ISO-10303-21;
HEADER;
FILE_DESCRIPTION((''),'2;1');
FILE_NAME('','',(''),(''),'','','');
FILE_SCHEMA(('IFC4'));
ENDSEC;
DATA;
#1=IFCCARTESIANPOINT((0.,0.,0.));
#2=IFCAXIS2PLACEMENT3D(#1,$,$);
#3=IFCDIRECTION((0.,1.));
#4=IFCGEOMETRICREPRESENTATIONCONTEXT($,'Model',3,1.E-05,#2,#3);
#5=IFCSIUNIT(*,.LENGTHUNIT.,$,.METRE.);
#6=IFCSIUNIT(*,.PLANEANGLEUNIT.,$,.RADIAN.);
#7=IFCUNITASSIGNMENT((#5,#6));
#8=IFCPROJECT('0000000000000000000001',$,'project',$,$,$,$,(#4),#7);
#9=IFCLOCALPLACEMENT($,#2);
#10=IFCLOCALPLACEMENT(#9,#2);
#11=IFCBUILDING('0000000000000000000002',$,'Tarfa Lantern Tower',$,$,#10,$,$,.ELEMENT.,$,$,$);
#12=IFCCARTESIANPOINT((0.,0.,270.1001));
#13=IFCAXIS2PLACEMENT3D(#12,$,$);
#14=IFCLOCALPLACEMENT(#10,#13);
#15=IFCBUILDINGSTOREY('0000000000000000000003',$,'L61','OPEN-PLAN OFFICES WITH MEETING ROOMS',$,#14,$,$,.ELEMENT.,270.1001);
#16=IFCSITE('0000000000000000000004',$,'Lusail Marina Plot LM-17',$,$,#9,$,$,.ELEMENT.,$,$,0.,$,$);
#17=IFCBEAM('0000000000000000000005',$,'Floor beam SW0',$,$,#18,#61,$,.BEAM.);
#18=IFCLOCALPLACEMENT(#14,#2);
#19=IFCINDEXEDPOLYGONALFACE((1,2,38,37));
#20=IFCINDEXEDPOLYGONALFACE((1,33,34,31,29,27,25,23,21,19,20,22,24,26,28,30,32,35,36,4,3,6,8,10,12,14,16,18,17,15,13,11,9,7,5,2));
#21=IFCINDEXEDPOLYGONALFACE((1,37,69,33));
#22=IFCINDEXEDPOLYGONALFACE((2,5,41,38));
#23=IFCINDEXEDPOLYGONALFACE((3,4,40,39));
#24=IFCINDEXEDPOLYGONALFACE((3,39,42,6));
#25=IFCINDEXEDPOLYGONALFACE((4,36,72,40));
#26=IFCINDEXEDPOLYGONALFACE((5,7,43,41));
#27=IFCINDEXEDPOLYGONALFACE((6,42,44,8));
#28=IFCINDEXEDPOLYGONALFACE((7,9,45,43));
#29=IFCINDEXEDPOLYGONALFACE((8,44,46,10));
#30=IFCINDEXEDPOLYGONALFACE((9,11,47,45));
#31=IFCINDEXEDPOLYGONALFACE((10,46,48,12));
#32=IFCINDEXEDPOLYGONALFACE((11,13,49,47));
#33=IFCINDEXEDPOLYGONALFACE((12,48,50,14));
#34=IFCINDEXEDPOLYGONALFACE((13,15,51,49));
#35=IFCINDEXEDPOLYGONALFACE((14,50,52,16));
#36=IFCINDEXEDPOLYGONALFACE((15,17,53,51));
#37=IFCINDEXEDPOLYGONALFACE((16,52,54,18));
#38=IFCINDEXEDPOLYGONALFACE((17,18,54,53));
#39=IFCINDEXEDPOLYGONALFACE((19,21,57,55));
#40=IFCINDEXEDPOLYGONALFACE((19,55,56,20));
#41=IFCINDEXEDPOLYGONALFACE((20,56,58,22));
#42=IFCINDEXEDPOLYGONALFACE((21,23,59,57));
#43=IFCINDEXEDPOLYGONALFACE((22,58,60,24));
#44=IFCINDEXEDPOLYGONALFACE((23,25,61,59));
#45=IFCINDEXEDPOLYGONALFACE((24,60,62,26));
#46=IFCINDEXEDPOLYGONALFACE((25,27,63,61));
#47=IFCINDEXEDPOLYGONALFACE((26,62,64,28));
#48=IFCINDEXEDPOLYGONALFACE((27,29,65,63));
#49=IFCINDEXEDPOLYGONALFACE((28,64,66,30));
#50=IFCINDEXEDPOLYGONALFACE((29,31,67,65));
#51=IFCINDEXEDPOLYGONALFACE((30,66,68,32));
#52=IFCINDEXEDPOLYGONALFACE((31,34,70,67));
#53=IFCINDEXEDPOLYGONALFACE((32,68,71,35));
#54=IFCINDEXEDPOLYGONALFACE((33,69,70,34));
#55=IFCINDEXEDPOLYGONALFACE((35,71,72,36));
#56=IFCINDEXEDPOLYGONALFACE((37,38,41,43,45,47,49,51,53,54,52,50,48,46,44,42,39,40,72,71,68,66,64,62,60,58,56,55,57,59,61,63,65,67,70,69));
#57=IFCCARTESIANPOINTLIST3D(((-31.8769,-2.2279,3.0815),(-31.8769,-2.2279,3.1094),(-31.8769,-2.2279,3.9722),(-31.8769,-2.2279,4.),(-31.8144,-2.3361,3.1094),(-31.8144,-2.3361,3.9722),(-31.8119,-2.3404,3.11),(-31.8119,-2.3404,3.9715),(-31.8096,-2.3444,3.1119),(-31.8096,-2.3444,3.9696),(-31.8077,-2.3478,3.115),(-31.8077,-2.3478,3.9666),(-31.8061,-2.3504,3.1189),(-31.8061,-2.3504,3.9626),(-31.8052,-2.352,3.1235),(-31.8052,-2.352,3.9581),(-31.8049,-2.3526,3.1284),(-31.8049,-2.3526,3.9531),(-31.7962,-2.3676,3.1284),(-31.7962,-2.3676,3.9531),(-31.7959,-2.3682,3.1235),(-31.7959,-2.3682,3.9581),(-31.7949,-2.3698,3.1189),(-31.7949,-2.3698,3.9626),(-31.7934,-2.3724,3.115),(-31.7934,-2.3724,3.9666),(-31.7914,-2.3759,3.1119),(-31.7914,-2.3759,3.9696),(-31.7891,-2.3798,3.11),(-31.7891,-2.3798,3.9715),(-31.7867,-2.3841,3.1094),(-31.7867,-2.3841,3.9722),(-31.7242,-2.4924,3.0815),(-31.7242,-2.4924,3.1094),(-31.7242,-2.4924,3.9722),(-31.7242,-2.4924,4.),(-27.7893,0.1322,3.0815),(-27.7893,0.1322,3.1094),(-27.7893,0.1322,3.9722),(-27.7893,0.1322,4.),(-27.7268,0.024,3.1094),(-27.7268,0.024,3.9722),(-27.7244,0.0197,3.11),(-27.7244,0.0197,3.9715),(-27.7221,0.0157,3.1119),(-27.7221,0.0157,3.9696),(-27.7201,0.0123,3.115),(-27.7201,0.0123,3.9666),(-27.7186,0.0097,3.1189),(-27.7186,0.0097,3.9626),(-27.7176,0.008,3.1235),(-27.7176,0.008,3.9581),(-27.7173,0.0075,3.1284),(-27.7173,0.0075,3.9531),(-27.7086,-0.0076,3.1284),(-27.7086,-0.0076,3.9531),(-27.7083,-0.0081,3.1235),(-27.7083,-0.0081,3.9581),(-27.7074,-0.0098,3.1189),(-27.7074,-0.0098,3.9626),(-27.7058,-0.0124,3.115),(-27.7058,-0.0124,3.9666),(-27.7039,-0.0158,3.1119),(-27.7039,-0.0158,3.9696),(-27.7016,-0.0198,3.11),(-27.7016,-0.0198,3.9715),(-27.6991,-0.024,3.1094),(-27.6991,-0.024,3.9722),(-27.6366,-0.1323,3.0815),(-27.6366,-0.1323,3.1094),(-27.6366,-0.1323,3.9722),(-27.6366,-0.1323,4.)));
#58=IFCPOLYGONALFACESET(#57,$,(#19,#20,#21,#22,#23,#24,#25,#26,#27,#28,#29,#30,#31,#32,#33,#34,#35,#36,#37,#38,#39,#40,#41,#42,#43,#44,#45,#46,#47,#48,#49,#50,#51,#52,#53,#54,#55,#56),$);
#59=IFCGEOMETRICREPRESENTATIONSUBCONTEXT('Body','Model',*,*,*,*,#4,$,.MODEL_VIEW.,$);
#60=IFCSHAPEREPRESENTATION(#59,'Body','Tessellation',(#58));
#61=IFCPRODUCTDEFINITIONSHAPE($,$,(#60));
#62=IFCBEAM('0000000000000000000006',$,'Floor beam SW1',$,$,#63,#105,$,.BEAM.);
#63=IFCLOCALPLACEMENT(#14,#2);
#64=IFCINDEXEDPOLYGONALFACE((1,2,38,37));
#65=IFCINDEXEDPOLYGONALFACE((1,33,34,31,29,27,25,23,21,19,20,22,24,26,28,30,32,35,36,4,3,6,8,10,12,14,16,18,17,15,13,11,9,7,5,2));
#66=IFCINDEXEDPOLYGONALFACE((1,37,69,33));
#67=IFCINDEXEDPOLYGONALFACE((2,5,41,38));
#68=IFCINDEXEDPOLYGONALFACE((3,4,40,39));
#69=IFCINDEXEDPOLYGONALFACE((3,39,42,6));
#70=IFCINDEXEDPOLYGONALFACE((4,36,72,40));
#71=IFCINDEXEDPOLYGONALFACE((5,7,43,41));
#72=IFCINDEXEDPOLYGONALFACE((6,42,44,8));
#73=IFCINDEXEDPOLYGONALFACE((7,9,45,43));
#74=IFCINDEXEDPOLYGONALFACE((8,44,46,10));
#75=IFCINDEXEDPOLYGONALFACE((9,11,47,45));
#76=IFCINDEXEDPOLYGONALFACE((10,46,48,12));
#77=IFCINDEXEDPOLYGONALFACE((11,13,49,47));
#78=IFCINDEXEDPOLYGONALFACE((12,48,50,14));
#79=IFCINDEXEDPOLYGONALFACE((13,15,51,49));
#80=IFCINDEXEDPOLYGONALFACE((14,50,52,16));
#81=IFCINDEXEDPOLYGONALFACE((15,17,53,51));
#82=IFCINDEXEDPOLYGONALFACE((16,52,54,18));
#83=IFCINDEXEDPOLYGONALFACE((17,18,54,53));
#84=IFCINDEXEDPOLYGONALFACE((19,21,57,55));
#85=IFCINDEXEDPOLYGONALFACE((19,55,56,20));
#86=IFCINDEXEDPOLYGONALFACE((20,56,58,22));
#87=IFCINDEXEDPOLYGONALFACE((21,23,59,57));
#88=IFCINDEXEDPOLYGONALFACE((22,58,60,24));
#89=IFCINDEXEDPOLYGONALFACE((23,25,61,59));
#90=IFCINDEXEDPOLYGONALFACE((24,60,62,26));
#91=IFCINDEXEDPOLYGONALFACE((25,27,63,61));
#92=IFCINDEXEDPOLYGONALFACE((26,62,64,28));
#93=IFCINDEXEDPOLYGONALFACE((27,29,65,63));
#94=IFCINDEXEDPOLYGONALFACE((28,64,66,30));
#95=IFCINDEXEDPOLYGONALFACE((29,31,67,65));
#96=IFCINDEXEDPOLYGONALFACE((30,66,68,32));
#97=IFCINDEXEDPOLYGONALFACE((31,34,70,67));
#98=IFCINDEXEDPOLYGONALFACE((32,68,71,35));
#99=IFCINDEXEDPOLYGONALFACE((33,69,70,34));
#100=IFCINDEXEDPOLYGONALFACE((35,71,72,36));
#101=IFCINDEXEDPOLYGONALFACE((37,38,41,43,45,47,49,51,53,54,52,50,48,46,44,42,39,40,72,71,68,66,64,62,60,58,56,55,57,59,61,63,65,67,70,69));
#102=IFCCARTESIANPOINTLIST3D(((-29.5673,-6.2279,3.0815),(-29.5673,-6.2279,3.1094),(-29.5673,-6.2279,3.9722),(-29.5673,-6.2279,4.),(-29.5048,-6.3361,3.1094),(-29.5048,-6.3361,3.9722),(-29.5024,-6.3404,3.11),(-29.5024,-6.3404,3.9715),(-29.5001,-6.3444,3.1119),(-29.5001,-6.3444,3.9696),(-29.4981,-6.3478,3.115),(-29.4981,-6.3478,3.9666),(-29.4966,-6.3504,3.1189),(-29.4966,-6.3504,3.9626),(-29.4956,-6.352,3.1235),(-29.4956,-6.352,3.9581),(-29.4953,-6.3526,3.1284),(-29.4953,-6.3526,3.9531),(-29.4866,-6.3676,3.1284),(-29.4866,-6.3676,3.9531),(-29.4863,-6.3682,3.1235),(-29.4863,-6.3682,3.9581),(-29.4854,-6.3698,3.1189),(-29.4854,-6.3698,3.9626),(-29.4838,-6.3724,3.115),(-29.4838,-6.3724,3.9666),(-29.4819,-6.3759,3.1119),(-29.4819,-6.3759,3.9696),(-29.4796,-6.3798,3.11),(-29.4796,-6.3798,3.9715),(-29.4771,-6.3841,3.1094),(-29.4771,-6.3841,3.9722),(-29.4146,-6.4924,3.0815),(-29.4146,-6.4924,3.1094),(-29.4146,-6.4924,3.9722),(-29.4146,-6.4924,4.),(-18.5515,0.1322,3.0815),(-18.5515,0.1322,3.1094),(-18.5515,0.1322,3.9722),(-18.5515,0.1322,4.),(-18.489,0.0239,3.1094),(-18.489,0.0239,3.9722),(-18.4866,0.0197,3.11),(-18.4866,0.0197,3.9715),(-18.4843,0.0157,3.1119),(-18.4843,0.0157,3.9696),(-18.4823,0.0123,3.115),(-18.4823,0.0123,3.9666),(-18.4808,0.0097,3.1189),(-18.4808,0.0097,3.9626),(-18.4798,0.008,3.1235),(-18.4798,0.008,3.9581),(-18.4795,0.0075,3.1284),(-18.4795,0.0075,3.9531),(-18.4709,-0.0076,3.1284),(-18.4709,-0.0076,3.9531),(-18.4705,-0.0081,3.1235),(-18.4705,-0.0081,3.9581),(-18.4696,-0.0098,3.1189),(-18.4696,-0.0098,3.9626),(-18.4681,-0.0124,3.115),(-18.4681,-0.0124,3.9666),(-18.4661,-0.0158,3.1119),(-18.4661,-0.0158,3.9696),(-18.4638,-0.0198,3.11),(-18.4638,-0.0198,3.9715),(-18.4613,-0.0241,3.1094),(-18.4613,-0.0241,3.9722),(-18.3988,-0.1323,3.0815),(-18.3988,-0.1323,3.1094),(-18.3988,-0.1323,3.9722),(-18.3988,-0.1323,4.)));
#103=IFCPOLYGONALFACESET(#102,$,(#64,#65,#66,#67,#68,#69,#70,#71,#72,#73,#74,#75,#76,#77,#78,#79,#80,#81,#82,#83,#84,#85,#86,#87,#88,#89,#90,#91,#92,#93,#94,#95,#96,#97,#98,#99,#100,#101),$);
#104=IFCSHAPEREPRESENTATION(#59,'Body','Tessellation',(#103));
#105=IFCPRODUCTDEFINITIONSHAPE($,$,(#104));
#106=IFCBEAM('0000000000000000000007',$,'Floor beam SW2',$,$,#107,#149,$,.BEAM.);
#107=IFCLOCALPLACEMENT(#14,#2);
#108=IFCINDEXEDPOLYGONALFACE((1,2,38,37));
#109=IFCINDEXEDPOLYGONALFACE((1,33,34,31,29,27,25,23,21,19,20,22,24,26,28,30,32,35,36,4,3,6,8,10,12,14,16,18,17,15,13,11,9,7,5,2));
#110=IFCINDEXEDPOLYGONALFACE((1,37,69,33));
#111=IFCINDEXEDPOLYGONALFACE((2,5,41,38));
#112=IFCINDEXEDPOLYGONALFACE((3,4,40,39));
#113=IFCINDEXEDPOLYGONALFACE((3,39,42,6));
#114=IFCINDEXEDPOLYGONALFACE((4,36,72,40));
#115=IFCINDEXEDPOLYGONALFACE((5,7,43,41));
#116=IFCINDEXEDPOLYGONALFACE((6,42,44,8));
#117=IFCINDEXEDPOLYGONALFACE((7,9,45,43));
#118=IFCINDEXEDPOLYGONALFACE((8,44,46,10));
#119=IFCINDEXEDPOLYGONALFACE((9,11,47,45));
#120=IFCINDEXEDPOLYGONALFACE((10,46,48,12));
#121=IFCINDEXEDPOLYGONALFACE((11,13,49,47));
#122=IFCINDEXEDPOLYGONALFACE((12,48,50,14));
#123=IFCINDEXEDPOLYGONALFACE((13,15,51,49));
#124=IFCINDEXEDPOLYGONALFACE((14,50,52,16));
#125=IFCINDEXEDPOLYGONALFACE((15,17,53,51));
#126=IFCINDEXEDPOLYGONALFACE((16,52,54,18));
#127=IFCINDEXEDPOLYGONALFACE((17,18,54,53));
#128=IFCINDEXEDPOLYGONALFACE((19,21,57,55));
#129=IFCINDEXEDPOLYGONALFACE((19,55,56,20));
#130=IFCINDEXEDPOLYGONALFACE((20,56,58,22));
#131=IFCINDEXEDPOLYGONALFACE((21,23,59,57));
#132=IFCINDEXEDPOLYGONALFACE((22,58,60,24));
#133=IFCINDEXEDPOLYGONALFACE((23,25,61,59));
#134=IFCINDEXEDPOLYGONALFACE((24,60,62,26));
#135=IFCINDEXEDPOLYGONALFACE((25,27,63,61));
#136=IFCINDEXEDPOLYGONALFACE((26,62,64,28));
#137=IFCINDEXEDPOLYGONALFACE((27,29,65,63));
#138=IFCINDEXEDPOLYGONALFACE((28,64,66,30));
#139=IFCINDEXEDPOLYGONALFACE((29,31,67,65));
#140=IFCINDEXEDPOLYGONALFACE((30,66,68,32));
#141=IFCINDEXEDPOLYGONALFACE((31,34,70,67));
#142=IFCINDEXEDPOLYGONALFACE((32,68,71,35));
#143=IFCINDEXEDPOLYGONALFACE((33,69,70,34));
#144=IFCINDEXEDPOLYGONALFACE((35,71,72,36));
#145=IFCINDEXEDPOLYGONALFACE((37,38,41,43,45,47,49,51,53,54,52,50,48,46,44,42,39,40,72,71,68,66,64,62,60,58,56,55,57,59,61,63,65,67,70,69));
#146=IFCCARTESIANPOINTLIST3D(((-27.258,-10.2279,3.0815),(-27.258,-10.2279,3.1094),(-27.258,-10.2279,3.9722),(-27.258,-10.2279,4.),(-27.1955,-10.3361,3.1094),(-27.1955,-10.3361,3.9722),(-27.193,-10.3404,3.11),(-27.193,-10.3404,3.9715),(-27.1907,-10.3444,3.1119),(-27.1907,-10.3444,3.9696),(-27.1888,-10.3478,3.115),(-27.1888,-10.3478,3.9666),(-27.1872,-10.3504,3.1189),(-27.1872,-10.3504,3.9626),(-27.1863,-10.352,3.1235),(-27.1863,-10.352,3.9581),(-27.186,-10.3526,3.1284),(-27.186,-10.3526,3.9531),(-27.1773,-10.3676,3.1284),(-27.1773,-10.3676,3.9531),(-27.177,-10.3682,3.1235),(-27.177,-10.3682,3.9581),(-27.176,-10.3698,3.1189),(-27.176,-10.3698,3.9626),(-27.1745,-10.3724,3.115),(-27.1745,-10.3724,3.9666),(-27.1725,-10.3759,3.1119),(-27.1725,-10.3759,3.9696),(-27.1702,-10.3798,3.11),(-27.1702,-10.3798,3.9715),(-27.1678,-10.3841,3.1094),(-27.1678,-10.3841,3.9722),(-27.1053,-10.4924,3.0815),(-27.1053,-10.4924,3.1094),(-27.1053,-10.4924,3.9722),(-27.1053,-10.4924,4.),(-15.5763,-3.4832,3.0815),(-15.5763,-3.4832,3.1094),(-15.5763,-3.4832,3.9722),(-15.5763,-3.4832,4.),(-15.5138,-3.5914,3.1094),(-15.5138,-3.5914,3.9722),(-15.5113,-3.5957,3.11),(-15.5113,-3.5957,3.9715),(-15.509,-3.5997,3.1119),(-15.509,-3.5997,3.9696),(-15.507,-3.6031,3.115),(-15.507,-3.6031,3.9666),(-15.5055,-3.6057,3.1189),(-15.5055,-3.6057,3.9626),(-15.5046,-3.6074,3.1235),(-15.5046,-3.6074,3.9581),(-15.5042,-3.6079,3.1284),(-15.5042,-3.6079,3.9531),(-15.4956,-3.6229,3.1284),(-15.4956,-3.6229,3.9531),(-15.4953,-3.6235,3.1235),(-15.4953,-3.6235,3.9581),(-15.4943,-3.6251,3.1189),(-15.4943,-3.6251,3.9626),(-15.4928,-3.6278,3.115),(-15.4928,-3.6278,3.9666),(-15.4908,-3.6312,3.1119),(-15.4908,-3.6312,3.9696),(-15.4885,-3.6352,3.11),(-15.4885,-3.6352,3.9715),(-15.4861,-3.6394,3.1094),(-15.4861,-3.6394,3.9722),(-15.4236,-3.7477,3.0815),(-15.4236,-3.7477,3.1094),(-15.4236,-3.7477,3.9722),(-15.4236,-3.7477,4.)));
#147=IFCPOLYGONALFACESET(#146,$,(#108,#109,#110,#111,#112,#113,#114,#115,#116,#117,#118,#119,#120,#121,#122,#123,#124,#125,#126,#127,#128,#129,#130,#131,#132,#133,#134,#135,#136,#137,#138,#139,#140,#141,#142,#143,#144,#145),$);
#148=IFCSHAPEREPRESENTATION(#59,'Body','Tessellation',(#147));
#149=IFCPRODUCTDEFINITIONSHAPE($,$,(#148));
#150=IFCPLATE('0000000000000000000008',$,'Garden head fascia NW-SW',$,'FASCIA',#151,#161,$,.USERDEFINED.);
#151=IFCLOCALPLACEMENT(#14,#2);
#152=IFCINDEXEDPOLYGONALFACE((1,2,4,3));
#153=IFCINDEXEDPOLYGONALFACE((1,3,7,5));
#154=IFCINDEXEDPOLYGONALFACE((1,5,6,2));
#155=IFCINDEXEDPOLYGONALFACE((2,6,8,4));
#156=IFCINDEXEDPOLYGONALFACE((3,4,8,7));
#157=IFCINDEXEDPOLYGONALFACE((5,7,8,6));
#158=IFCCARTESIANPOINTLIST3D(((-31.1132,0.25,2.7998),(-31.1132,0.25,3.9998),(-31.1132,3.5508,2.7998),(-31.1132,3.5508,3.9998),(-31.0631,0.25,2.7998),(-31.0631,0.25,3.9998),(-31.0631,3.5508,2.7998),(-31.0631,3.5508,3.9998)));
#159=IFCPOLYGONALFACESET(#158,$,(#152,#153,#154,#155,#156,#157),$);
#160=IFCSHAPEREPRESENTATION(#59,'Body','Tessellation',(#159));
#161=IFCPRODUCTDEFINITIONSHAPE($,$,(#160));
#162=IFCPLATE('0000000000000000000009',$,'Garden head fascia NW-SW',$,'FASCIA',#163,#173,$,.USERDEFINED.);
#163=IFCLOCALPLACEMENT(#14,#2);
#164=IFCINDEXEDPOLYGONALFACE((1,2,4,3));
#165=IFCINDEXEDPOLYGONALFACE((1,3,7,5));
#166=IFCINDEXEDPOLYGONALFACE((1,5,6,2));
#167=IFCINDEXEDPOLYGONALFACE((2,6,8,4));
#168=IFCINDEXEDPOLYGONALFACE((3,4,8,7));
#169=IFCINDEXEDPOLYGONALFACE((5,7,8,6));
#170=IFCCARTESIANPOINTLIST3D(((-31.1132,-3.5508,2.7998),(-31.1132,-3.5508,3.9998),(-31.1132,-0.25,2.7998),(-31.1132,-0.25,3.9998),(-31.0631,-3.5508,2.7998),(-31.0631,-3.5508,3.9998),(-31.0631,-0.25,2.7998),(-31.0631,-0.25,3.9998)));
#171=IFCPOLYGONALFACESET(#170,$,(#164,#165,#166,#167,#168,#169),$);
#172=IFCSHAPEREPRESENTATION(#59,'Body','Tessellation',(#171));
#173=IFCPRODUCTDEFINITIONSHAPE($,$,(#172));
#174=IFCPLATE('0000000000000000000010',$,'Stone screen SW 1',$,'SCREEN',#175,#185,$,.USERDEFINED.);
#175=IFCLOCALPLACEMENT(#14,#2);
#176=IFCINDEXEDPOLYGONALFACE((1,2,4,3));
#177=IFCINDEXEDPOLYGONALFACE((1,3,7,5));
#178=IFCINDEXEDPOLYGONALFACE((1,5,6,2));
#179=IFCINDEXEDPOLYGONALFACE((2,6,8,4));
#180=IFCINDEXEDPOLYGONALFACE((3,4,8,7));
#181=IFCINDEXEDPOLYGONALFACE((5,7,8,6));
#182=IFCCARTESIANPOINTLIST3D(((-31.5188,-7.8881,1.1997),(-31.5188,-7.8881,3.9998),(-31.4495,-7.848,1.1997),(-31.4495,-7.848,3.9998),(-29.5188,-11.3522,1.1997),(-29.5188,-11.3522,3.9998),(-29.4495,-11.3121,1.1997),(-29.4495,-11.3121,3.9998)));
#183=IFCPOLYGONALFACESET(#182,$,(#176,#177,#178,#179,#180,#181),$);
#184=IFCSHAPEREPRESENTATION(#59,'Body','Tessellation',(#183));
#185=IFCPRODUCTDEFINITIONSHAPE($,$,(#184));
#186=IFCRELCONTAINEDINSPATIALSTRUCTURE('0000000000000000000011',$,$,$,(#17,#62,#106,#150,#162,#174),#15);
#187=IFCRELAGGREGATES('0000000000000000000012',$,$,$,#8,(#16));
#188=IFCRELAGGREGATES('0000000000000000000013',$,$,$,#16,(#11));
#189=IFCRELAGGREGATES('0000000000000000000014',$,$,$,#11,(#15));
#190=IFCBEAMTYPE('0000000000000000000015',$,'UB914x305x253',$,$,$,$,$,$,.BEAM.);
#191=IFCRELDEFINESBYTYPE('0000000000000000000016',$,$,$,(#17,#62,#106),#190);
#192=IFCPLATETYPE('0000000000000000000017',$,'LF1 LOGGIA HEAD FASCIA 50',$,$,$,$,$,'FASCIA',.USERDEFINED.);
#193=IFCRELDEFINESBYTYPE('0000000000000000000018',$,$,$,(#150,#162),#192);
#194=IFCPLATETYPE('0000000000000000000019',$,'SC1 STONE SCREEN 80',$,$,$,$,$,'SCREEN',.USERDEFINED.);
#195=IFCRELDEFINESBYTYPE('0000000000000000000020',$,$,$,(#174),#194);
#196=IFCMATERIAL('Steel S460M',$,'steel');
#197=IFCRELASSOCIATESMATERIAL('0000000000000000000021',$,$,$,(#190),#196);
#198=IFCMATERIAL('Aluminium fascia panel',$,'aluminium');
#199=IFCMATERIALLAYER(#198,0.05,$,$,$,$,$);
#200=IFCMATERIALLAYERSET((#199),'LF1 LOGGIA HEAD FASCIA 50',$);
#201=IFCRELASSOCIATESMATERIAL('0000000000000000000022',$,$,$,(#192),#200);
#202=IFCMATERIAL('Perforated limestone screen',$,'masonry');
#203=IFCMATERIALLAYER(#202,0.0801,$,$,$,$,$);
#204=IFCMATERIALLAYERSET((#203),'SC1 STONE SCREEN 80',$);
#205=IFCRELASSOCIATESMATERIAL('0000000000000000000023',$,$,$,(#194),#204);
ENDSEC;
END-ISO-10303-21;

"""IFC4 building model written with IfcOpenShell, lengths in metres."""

from ifc_helpers import new_model, si_unit, direction, frame, origin, origin_2d, place, context, subcontext, project, spatial, rectangle, i_section, extrude, material, layer, layer_set, material_profile, profile_set, type_object, element, save


model = new_model("IFC4")

# Units and contexts
model_context = context("Model", 3, precision=1e-05, world=origin(), true_north=direction((0.0, 1.0)))
body_context = subcontext(model_context, "Body", "Model", "MODEL_VIEW")
ifc_project = project(units=[si_unit("LENGTHUNIT", "METRE"), si_unit("PLANEANGLEUNIT", "RADIAN")], contexts=[model_context])

# Site, building, storey
site_placement = place(None, origin())
site = spatial("IfcSite", under=ifc_project, at=site_placement, Name="Lusail Marina Plot LM-17", CompositionType="ELEMENT", RefElevation=0.0)
building_placement = place(site_placement, origin())
building = spatial("IfcBuilding", under=site, at=building_placement, Name="Tarfa Lantern Tower", CompositionType="ELEMENT")
storey_placement = place(building_placement, frame((0.0, 0.0, 270.1001)))
storey = spatial("IfcBuildingStorey", under=building, at=storey_placement, Name="L61", Description="OPEN-PLAN OFFICES WITH MEETING ROOMS", CompositionType="ELEMENT", Elevation=270.1001)

# Beams
ifc_material_1 = material(Name="Steel S460M", Category="steel")
ifc_material_profile_1 = material_profile(ifc_material_1, i_section(OverallWidth=0.3054, OverallDepth=0.9185, WebThickness=0.0173, FlangeThickness=0.0278, FilletRadius=0.019, at=origin_2d()), Name="UB914x305x253")
ifc_profile_set_1 = profile_set([ifc_material_profile_1], Name="Steel S460M")
beam_type_1 = type_object("IfcBeamType", Name="UB914x305x253", PredefinedType="BEAM", material=ifc_profile_set_1)
beam_1_placement = place(storey_placement, frame((-31.8005, -2.3601, 3.5408), z_axis=(0.866016, 0.500016, 0.0), x_axis=(-0.500016, 0.866016, 0.0)))
element("IfcBeam", 1, at=beam_1_placement, inside=storey, type_object=beam_type_1, Name="Floor beam SW0", PredefinedType="BEAM", context=body_context, shape_type="SweptSolid", body=[
    extrude(i_section(OverallWidth=0.3054, OverallDepth=0.9185, WebThickness=0.0173, FlangeThickness=0.0278, FilletRadius=0.019, at=origin_2d()), origin(), (0.0, 0.0, 1.0), 4.72),
])
beam_2_placement = place(storey_placement, frame((-29.491, -6.3601, 3.5408), z_axis=(0.866022, 0.500005, 0.0), x_axis=(-0.500005, 0.866022, 0.0)))
element("IfcBeam", 2, at=beam_2_placement, inside=storey, type_object=beam_type_1, Name="Floor beam SW1", PredefinedType="BEAM", context=body_context, shape_type="SweptSolid", body=[
    extrude(i_section(OverallWidth=0.3054, OverallDepth=0.9185, WebThickness=0.0173, FlangeThickness=0.0278, FilletRadius=0.019, at=origin_2d()), origin(), (0.0, 0.0, 1.0), 12.72),
])
beam_3_placement = place(storey_placement, frame((-27.1816, -10.3601, 3.5408), z_axis=(0.866018, 0.500013, 0.0), x_axis=(-0.500013, 0.866018, 0.0)))
element("IfcBeam", 3, at=beam_3_placement, inside=storey, type_object=beam_type_1, Name="Floor beam SW2", PredefinedType="BEAM", context=body_context, shape_type="SweptSolid", body=[
    extrude(i_section(OverallWidth=0.3054, OverallDepth=0.9185, WebThickness=0.0173, FlangeThickness=0.0278, FilletRadius=0.019, at=origin_2d()), origin(), (0.0, 0.0, 1.0), 13.489),
])

# Plates
ifc_material_2 = material(Name="Aluminium fascia panel", Category="aluminium")
ifc_layer_1 = layer(ifc_material_2, 0.05)
ifc_layer_set_1 = layer_set([ifc_layer_1], Name="LF1 LOGGIA HEAD FASCIA 50")
plate_type_1 = type_object("IfcPlateType", Name="LF1 LOGGIA HEAD FASCIA 50", ElementType="FASCIA", PredefinedType="USERDEFINED", material=ifc_layer_set_1)
for number, where, z_axis, x_axis, name in (
    (4, (-31.0881, 1.9004, 2.7998), (0.0, 0.0, 1.0), (0.0, -1.0, 0.0), "Garden head fascia NW-SW"),
    (5, (-31.0881, -1.9004, 2.7998), (0.0, 0.0, 1.0), (0.0, -1.0, 0.0), "Garden head fascia NW-SW"),
):
    element("IfcPlate", number, at=place(storey_placement, frame(where, z_axis=z_axis, x_axis=x_axis)), inside=storey, type_object=plate_type_1, Name=name, ObjectType="FASCIA", PredefinedType="USERDEFINED", context=body_context, shape_type="SweptSolid", body=[
        extrude(rectangle(XDim=3.3008, YDim=0.05, at=origin_2d()), origin(), (0.0, 0.0, 1.0), 1.2),
    ])
ifc_material_3 = material(Name="Perforated limestone screen", Category="masonry")
ifc_layer_2 = layer(ifc_material_3, 0.0801)
ifc_layer_set_2 = layer_set([ifc_layer_2], Name="SC1 STONE SCREEN 80")
plate_type_2 = type_object("IfcPlateType", Name="SC1 STONE SCREEN 80", ElementType="SCREEN", PredefinedType="USERDEFINED", material=ifc_layer_set_2)
plate_placement = place(storey_placement, frame((-30.4841, -9.6001, 1.1997), z_axis=(0.0, 0.0, 1.0), x_axis=(0.5, -0.866025, 0.0)))
element("IfcPlate", 6, at=plate_placement, inside=storey, type_object=plate_type_2, Name="Stone screen SW 1", ObjectType="SCREEN", PredefinedType="USERDEFINED", context=body_context, shape_type="SweptSolid", body=[
    extrude(rectangle(XDim=4.0, YDim=0.0801, at=origin_2d()), origin(), (0.0, 0.0, 1.0), 2.8),
])

save(model, "model.ifc")
